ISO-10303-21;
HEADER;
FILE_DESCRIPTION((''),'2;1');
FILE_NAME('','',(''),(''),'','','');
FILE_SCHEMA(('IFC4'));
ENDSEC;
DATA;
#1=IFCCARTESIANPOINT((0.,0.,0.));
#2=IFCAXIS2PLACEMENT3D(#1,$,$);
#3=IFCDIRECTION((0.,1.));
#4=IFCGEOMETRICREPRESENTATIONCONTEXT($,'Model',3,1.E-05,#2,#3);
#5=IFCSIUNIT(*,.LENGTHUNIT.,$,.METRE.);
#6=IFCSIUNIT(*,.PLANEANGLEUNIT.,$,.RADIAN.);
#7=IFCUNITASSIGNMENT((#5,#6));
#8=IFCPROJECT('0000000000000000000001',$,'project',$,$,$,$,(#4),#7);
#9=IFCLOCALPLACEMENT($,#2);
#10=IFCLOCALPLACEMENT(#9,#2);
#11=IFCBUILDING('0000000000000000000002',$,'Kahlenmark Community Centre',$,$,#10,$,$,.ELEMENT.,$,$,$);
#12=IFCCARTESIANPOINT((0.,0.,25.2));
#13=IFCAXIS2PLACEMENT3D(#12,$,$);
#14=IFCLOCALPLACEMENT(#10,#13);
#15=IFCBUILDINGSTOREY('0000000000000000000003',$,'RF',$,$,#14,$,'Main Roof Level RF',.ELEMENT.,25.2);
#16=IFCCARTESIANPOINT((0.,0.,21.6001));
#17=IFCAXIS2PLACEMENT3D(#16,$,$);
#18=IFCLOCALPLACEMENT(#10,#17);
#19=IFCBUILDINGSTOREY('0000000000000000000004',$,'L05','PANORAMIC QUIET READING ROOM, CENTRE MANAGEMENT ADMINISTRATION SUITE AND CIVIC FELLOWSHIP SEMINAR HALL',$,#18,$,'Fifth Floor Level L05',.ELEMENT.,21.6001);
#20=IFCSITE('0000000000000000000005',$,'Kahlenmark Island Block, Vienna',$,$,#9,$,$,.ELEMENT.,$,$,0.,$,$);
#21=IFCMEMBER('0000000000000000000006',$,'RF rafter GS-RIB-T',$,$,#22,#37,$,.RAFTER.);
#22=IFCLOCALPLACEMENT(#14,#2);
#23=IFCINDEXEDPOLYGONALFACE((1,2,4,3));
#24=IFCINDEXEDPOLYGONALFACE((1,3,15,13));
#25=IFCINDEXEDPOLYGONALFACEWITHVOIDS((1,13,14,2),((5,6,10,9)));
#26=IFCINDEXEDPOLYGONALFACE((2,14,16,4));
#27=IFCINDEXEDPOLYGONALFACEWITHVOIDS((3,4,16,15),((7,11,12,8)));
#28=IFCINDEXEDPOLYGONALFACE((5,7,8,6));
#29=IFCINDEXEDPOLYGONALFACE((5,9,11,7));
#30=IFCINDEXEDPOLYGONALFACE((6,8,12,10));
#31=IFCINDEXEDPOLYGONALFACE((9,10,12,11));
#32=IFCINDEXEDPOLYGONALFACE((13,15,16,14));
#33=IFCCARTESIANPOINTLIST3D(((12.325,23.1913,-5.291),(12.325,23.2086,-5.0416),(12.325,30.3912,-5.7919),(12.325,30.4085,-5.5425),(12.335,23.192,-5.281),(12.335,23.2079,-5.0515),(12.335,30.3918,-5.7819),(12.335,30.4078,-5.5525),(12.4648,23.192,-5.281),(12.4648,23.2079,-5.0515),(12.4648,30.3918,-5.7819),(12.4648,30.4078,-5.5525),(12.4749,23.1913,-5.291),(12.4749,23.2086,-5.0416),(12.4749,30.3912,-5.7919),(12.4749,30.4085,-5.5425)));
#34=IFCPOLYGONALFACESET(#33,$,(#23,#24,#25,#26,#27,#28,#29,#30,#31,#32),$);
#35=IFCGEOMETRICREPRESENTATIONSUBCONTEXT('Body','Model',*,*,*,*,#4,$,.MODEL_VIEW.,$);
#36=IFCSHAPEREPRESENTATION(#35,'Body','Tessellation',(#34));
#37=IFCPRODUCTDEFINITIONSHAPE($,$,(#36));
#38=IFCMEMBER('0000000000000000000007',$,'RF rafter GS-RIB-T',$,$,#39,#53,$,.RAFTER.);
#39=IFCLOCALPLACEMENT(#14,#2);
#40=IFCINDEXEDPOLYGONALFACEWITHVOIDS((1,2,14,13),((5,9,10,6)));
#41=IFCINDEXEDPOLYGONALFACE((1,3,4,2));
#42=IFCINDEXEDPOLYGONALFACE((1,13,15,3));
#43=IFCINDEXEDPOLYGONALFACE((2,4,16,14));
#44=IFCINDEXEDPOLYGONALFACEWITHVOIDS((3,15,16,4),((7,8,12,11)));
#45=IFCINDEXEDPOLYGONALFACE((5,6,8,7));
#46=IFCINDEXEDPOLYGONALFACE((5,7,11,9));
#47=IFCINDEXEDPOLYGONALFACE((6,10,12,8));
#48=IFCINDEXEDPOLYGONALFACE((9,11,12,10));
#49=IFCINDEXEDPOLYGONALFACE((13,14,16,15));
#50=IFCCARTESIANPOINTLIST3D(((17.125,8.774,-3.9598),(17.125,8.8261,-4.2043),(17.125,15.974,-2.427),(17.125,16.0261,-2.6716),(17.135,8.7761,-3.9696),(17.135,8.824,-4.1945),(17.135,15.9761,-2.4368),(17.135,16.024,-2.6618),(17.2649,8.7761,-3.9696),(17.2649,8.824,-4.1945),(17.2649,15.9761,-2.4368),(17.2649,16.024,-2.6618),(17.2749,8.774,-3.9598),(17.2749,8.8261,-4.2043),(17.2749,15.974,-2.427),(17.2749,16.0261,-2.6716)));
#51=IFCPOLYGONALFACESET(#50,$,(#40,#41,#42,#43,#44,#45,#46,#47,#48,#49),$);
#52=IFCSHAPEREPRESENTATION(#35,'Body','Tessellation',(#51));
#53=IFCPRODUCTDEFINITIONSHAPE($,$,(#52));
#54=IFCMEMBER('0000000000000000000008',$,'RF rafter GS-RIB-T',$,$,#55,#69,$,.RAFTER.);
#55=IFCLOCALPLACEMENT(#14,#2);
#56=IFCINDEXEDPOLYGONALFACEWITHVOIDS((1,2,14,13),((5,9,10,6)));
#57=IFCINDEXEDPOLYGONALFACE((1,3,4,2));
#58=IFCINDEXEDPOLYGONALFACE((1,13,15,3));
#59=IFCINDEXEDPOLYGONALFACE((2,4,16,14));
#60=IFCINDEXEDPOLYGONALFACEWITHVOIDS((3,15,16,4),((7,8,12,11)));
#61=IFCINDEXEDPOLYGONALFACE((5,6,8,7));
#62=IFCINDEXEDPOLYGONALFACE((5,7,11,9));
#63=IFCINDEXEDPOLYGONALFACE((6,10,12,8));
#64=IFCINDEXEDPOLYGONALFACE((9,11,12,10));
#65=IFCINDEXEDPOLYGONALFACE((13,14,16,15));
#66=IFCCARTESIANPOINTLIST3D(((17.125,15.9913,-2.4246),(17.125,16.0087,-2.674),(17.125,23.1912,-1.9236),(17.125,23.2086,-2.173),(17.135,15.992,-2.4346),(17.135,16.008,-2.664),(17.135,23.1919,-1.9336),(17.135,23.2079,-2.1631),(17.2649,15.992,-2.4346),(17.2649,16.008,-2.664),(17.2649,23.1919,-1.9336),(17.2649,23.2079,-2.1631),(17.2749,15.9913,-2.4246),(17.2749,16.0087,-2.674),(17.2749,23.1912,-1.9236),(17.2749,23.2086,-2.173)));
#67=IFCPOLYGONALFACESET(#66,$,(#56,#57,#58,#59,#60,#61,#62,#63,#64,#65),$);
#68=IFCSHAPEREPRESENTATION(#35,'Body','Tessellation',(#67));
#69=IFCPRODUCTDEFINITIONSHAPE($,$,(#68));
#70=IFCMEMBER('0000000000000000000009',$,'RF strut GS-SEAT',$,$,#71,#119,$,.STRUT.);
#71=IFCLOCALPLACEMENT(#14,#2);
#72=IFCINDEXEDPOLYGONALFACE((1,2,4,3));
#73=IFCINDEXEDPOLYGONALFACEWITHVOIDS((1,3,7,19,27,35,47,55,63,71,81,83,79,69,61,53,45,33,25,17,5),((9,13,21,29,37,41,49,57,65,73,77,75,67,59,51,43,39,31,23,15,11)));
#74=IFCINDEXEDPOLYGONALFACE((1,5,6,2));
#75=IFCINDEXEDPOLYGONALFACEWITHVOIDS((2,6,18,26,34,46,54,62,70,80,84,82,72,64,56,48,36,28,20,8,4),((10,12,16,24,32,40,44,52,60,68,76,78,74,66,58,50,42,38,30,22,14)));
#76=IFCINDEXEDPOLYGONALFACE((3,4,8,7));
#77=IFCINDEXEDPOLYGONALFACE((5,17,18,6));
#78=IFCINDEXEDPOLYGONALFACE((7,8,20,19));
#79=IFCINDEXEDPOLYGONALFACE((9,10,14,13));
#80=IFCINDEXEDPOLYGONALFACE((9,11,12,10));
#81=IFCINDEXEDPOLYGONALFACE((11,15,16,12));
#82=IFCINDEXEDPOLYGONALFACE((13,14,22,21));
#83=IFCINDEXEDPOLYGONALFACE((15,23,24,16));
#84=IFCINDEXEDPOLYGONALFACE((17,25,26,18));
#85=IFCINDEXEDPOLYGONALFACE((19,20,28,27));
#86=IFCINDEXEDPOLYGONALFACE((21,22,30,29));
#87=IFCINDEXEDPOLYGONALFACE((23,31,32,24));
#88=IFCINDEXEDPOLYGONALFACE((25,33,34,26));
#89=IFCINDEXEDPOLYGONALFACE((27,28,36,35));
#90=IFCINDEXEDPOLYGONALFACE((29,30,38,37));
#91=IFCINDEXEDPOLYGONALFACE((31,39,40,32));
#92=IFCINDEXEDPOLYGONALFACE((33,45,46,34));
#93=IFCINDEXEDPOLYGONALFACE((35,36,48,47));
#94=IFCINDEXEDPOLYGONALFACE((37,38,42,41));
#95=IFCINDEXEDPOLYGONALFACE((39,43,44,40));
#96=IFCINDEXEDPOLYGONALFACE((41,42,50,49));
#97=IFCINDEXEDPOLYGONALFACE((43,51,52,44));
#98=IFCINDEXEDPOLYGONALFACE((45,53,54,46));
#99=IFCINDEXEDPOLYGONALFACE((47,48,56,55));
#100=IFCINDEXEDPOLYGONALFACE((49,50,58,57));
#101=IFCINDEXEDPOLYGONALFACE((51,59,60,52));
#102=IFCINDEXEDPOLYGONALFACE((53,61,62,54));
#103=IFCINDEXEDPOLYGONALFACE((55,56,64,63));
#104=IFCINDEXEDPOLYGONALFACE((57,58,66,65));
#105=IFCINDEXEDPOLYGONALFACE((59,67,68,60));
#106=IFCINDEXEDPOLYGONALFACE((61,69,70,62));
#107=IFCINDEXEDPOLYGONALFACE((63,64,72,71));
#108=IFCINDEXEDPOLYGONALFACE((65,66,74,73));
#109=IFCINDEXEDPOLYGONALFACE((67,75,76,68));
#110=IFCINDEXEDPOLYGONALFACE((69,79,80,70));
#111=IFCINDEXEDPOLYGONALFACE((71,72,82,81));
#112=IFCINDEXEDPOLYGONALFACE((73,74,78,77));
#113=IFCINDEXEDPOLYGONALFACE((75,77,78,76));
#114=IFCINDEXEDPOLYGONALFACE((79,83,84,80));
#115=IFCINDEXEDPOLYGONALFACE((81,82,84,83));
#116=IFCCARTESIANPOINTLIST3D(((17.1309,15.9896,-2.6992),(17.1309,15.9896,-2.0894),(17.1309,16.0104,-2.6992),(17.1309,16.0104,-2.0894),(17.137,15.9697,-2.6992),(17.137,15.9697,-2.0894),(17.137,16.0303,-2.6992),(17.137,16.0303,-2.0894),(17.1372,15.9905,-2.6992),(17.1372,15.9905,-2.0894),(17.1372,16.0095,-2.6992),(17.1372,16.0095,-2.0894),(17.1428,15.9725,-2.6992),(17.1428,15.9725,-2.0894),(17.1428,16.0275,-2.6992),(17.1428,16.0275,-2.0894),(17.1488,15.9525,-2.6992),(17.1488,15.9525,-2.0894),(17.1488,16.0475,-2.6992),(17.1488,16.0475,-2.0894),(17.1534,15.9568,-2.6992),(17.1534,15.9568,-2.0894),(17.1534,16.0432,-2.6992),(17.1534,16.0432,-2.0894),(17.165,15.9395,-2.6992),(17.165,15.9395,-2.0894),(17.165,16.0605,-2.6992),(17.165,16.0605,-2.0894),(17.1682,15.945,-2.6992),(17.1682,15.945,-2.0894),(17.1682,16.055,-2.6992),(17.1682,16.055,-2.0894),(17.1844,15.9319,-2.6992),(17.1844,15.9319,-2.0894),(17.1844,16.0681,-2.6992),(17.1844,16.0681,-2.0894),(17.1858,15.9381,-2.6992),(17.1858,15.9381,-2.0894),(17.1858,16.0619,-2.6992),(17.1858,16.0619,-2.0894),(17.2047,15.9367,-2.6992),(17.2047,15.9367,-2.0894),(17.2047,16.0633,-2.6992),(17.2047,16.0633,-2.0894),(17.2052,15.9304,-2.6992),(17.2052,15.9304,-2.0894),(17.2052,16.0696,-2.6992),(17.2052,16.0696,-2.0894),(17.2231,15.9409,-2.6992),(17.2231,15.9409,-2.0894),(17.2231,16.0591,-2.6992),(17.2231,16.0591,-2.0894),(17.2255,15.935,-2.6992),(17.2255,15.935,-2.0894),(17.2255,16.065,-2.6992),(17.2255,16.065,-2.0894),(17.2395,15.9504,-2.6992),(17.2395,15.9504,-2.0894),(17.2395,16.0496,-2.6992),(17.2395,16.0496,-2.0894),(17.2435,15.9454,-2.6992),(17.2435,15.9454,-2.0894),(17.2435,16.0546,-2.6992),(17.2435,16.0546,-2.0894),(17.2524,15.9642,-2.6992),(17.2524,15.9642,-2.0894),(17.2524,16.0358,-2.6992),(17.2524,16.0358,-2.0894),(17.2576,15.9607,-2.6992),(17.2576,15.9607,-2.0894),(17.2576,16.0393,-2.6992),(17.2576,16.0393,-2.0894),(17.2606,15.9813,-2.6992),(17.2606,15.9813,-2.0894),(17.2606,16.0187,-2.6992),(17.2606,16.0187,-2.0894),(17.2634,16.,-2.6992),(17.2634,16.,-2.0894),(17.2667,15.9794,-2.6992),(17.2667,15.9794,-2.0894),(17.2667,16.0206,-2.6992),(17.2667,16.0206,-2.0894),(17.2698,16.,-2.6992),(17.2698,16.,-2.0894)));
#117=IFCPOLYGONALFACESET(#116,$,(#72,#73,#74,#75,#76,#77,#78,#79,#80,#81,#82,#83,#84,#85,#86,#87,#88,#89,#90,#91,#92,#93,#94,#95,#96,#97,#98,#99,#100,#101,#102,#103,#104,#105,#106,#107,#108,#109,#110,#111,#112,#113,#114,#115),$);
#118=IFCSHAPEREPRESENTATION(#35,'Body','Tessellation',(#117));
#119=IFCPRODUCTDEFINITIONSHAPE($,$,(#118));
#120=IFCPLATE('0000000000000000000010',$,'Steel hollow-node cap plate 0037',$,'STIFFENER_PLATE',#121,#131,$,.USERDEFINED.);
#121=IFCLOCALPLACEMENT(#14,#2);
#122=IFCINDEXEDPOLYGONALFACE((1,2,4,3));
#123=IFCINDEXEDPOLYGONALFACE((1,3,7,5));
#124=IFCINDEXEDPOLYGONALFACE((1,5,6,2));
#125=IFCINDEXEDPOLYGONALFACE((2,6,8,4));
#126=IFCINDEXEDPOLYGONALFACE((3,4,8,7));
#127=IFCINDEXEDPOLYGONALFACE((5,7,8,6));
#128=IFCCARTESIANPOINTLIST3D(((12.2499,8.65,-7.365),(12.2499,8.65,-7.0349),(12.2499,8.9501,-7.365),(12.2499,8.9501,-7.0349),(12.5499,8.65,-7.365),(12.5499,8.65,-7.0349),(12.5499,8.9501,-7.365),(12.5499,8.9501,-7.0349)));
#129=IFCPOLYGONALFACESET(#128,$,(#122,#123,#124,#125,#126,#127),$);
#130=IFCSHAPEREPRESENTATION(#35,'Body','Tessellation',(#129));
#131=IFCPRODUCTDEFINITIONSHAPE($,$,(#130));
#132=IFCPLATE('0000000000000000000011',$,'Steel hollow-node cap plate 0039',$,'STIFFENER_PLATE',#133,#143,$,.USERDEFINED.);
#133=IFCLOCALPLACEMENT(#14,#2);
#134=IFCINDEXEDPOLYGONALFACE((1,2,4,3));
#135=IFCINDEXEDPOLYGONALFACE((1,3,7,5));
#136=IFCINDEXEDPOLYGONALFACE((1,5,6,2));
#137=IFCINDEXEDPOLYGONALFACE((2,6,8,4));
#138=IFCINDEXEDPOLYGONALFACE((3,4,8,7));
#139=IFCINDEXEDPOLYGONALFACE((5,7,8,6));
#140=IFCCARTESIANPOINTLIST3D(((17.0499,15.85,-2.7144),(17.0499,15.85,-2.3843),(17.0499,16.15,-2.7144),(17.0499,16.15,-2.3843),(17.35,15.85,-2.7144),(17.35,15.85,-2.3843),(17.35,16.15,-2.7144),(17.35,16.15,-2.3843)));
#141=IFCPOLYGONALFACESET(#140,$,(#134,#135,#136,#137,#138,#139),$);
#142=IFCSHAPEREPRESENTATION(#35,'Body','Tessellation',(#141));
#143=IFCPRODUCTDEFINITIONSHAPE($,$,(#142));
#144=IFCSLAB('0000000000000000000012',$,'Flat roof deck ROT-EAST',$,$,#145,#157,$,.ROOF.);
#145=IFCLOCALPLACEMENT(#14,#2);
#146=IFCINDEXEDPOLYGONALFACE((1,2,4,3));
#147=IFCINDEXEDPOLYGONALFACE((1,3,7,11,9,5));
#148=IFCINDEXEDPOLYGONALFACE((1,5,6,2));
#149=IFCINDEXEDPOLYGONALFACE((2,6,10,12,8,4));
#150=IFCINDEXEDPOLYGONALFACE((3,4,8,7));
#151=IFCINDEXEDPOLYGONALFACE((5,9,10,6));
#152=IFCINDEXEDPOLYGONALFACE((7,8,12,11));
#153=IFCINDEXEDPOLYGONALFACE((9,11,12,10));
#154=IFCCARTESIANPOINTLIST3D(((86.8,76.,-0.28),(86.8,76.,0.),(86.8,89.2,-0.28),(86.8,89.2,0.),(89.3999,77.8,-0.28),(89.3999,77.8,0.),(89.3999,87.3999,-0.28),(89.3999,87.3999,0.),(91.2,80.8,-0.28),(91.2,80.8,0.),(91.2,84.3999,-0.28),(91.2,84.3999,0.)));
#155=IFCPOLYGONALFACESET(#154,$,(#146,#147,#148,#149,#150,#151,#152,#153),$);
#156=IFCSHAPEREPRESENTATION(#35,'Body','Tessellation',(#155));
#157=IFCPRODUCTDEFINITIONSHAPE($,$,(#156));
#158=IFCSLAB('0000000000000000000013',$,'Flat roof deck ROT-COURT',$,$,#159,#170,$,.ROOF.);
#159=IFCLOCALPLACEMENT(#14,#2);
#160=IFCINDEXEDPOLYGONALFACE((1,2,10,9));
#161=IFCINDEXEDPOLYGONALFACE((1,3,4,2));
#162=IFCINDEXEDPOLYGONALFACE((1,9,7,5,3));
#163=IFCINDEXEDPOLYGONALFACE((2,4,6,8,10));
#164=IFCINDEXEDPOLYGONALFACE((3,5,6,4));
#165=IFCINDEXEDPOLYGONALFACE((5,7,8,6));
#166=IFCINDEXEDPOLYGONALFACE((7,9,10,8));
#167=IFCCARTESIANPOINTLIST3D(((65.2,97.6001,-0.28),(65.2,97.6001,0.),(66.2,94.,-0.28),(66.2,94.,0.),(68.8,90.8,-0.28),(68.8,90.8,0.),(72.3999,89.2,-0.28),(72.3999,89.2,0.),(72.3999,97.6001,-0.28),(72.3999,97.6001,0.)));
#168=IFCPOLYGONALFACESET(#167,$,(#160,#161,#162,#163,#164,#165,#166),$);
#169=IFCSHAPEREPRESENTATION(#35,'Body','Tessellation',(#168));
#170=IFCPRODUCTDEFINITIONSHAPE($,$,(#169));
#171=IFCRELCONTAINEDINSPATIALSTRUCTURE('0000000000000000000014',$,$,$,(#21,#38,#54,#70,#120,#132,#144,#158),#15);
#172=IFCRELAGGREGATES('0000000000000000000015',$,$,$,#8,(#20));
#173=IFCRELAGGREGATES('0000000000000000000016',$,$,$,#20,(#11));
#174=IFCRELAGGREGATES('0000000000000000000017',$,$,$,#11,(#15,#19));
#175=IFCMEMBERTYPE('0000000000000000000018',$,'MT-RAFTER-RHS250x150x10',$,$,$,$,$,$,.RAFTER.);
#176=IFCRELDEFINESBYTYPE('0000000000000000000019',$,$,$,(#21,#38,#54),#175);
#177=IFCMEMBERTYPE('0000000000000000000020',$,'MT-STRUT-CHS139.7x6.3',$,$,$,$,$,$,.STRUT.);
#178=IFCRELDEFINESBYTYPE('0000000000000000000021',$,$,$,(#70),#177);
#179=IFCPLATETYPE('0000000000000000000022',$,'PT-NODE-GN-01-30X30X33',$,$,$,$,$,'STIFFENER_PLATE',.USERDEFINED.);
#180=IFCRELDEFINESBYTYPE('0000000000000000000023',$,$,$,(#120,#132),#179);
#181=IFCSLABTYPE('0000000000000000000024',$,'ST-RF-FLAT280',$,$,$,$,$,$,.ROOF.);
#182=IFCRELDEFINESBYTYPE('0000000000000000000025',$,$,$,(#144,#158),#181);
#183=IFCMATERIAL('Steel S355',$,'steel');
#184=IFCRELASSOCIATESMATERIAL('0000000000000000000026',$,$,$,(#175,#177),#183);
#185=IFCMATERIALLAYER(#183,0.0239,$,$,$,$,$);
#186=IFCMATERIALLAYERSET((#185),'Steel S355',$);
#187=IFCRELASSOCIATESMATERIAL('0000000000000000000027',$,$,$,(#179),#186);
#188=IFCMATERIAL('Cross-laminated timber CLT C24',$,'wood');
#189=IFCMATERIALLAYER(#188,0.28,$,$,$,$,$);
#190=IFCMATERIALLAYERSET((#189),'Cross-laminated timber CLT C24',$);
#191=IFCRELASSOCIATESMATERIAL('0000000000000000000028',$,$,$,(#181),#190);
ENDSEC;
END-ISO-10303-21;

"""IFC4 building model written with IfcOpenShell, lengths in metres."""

from ifc_helpers import new_model, si_unit, direction, frame, origin, origin_2d, place, context, subcontext, project, spatial, polyline, rectangle, hollow_rectangle, hollow_circle, outline, extrude, material, layer, layer_set, material_profile, profile_set, type_object, element, save


model = new_model("IFC4")

# Units and contexts
model_context = context("Model", 3, precision=1e-05, world=origin(), true_north=direction((0.0, 1.0)))
body_context = subcontext(model_context, "Body", "Model", "MODEL_VIEW")
ifc_project = project(units=[si_unit("LENGTHUNIT", "METRE"), si_unit("PLANEANGLEUNIT", "RADIAN")], contexts=[model_context])

# Site, building, storey
site_placement = place(None, origin())
site = spatial("IfcSite", under=ifc_project, at=site_placement, Name="Kahlenmark Island Block, Vienna", CompositionType="ELEMENT", RefElevation=0.0)
building_placement = place(site_placement, origin())
building = spatial("IfcBuilding", under=site, at=building_placement, Name="Kahlenmark Community Centre", CompositionType="ELEMENT")
storey_1_placement = place(building_placement, frame((0.0, 0.0, 25.2)))
storey_1 = spatial("IfcBuildingStorey", under=building, at=storey_1_placement, Name="RF", LongName="Main Roof Level RF", CompositionType="ELEMENT", Elevation=25.2)

# Members
ifc_material_1 = material(Name="Steel S355", Category="steel")
ifc_material_profile_1 = material_profile(ifc_material_1, hollow_rectangle(XDim=0.1499, YDim=0.25, WallThickness=0.01, at=origin_2d()), Name="RHS 250x150x10")
ifc_profile_set_1 = profile_set([ifc_material_profile_1], Name="Steel S355")
member_type_1 = type_object("IfcMemberType", Name="MT-RAFTER-RHS250x150x10", PredefinedType="RAFTER", material=ifc_profile_set_1)
for number, where, z_axis, x_axis, name in (
    (1, (12.3999, 23.2, -5.1663), (0.0, 0.997588, -0.069413), (-1.0, 0.0, 0.0), "RF rafter GS-RIB-T"),
):
    element("IfcMember", number, at=place(storey_1_placement, frame(where, z_axis=z_axis, x_axis=x_axis)), inside=storey_1, type_object=member_type_1, Name=name, PredefinedType="RAFTER", context=body_context, shape_type="SweptSolid", body=[
        extrude(hollow_rectangle(XDim=0.1499, YDim=0.25, WallThickness=0.01, at=origin_2d()), origin(), (0.0, 0.0, 1.0), 7.2173),
    ])
member_1_placement = place(storey_1_placement, frame((17.2, 8.8, -4.082), z_axis=(0.0, 0.978084, 0.208213), x_axis=(-1.0, 0.0, 0.0)))
element("IfcMember", 2, at=member_1_placement, inside=storey_1, type_object=member_type_1, Name="RF rafter GS-RIB-T", PredefinedType="RAFTER", context=body_context, shape_type="SweptSolid", body=[
    extrude(hollow_rectangle(XDim=0.1499, YDim=0.25, WallThickness=0.01, at=origin_2d()), origin(), (0.0, 0.0, 1.0), 7.3613),
])
member_2_placement = place(storey_1_placement, frame((17.2, 16.0, -2.5493), z_axis=(0.0, 0.997588, 0.069413), x_axis=(-1.0, 0.0, 0.0)))
element("IfcMember", 3, at=member_2_placement, inside=storey_1, type_object=member_type_1, Name="RF rafter GS-RIB-T", PredefinedType="RAFTER", context=body_context, shape_type="SweptSolid", body=[
    extrude(hollow_rectangle(XDim=0.1499, YDim=0.25, WallThickness=0.01, at=origin_2d()), origin(), (0.0, 0.0, 1.0), 7.2173),
])
ifc_material_profile_2 = material_profile(ifc_material_1, hollow_circle(Radius=0.0698, WallThickness=0.0063, at=origin_2d()), Name="CHS 139.7x6.3")
ifc_profile_set_2 = profile_set([ifc_material_profile_2], Name="Steel S355")
member_type_2 = type_object("IfcMemberType", Name="MT-STRUT-CHS139.7x6.3", PredefinedType="STRUT", material=ifc_profile_set_2)
member_3_placement = place(storey_1_placement, frame((17.2, 16.0, -2.6992), z_axis=(0.0, 0.0, 1.0), x_axis=(1.0, 0.0, 0.0)))
element("IfcMember", 4, at=member_3_placement, inside=storey_1, type_object=member_type_2, Name="RF strut GS-SEAT", PredefinedType="STRUT", context=body_context, shape_type="SweptSolid", body=[
    extrude(hollow_circle(Radius=0.0698, WallThickness=0.0063, at=origin_2d()), origin(), (0.0, 0.0, 1.0), 0.6099),
])

# Plates
ifc_layer_1 = layer(ifc_material_1, 0.0239)
ifc_layer_set_1 = layer_set([ifc_layer_1], Name="Steel S355")
plate_type = type_object("IfcPlateType", Name="PT-NODE-GN-01-30X30X33", ElementType="STIFFENER_PLATE", PredefinedType="USERDEFINED", material=ifc_layer_set_1)
for number, where, z_axis, x_axis, name in (
    (5, (12.3999, 8.8, -7.365), (0.0, 0.0, 1.0), (1.0, 0.0, 0.0), "Steel hollow-node cap plate 0037"),
    (6, (17.2, 16.0, -2.7144), (0.0, 0.0, 1.0), (1.0, 0.0, 0.0), "Steel hollow-node cap plate 0039"),
):
    element("IfcPlate", number, at=place(storey_1_placement, frame(where, z_axis=z_axis, x_axis=x_axis)), inside=storey_1, type_object=plate_type, Name=name, ObjectType="STIFFENER_PLATE", PredefinedType="USERDEFINED", context=body_context, shape_type="SweptSolid", body=[
        extrude(rectangle(XDim=0.3, YDim=0.3, at=origin_2d()), origin(), (0.0, 0.0, 1.0), 0.3301),
    ])

# Slabs
ifc_material_2 = material(Name="Cross-laminated timber CLT C24", Category="wood")
ifc_layer_2 = layer(ifc_material_2, 0.28)
ifc_layer_set_2 = layer_set([ifc_layer_2], Name="Cross-laminated timber CLT C24")
slab_type_1 = type_object("IfcSlabType", Name="ST-RF-FLAT280", PredefinedType="ROOF", material=ifc_layer_set_2)
slab_1_placement = place(storey_1_placement, frame((0.0, 0.0, -0.28)))
element("IfcSlab", 7, at=slab_1_placement, inside=storey_1, type_object=slab_type_1, Name="Flat roof deck ROT-EAST", PredefinedType="ROOF", context=body_context, shape_type="SweptSolid", body=[
    extrude(outline(polyline([(86.8, 76.0), (89.3999, 77.8), (91.2, 80.8), (91.2, 84.3999), (89.3999, 87.3999), (86.8, 89.2), (86.8, 76.0)])), origin(), (0.0, 0.0, 1.0), 0.28),
])
slab_2_placement = place(storey_1_placement, frame((0.0, 0.0, -0.28)))
element("IfcSlab", 8, at=slab_2_placement, inside=storey_1, type_object=slab_type_1, Name="Flat roof deck ROT-COURT", PredefinedType="ROOF", context=body_context, shape_type="SweptSolid", body=[
    extrude(outline(polyline([(65.2, 97.6001), (66.2, 94.0), (68.8, 90.8), (72.3999, 89.2), (72.3999, 97.6001), (65.2, 97.6001)])), origin(), (0.0, 0.0, 1.0), 0.28),
])

# Shared definitions
storey_2_placement = place(building_placement, frame((0.0, 0.0, 21.6001)))
storey_2 = spatial("IfcBuildingStorey", under=building, at=storey_2_placement, Name="L05", Description="PANORAMIC QUIET READING ROOM, CENTRE MANAGEMENT ADMINISTRATION SUITE AND CIVIC FELLOWSHIP SEMINAR HALL", LongName="Fifth Floor Level L05", CompositionType="ELEMENT", Elevation=21.6001)

save(model, "model.ifc")
